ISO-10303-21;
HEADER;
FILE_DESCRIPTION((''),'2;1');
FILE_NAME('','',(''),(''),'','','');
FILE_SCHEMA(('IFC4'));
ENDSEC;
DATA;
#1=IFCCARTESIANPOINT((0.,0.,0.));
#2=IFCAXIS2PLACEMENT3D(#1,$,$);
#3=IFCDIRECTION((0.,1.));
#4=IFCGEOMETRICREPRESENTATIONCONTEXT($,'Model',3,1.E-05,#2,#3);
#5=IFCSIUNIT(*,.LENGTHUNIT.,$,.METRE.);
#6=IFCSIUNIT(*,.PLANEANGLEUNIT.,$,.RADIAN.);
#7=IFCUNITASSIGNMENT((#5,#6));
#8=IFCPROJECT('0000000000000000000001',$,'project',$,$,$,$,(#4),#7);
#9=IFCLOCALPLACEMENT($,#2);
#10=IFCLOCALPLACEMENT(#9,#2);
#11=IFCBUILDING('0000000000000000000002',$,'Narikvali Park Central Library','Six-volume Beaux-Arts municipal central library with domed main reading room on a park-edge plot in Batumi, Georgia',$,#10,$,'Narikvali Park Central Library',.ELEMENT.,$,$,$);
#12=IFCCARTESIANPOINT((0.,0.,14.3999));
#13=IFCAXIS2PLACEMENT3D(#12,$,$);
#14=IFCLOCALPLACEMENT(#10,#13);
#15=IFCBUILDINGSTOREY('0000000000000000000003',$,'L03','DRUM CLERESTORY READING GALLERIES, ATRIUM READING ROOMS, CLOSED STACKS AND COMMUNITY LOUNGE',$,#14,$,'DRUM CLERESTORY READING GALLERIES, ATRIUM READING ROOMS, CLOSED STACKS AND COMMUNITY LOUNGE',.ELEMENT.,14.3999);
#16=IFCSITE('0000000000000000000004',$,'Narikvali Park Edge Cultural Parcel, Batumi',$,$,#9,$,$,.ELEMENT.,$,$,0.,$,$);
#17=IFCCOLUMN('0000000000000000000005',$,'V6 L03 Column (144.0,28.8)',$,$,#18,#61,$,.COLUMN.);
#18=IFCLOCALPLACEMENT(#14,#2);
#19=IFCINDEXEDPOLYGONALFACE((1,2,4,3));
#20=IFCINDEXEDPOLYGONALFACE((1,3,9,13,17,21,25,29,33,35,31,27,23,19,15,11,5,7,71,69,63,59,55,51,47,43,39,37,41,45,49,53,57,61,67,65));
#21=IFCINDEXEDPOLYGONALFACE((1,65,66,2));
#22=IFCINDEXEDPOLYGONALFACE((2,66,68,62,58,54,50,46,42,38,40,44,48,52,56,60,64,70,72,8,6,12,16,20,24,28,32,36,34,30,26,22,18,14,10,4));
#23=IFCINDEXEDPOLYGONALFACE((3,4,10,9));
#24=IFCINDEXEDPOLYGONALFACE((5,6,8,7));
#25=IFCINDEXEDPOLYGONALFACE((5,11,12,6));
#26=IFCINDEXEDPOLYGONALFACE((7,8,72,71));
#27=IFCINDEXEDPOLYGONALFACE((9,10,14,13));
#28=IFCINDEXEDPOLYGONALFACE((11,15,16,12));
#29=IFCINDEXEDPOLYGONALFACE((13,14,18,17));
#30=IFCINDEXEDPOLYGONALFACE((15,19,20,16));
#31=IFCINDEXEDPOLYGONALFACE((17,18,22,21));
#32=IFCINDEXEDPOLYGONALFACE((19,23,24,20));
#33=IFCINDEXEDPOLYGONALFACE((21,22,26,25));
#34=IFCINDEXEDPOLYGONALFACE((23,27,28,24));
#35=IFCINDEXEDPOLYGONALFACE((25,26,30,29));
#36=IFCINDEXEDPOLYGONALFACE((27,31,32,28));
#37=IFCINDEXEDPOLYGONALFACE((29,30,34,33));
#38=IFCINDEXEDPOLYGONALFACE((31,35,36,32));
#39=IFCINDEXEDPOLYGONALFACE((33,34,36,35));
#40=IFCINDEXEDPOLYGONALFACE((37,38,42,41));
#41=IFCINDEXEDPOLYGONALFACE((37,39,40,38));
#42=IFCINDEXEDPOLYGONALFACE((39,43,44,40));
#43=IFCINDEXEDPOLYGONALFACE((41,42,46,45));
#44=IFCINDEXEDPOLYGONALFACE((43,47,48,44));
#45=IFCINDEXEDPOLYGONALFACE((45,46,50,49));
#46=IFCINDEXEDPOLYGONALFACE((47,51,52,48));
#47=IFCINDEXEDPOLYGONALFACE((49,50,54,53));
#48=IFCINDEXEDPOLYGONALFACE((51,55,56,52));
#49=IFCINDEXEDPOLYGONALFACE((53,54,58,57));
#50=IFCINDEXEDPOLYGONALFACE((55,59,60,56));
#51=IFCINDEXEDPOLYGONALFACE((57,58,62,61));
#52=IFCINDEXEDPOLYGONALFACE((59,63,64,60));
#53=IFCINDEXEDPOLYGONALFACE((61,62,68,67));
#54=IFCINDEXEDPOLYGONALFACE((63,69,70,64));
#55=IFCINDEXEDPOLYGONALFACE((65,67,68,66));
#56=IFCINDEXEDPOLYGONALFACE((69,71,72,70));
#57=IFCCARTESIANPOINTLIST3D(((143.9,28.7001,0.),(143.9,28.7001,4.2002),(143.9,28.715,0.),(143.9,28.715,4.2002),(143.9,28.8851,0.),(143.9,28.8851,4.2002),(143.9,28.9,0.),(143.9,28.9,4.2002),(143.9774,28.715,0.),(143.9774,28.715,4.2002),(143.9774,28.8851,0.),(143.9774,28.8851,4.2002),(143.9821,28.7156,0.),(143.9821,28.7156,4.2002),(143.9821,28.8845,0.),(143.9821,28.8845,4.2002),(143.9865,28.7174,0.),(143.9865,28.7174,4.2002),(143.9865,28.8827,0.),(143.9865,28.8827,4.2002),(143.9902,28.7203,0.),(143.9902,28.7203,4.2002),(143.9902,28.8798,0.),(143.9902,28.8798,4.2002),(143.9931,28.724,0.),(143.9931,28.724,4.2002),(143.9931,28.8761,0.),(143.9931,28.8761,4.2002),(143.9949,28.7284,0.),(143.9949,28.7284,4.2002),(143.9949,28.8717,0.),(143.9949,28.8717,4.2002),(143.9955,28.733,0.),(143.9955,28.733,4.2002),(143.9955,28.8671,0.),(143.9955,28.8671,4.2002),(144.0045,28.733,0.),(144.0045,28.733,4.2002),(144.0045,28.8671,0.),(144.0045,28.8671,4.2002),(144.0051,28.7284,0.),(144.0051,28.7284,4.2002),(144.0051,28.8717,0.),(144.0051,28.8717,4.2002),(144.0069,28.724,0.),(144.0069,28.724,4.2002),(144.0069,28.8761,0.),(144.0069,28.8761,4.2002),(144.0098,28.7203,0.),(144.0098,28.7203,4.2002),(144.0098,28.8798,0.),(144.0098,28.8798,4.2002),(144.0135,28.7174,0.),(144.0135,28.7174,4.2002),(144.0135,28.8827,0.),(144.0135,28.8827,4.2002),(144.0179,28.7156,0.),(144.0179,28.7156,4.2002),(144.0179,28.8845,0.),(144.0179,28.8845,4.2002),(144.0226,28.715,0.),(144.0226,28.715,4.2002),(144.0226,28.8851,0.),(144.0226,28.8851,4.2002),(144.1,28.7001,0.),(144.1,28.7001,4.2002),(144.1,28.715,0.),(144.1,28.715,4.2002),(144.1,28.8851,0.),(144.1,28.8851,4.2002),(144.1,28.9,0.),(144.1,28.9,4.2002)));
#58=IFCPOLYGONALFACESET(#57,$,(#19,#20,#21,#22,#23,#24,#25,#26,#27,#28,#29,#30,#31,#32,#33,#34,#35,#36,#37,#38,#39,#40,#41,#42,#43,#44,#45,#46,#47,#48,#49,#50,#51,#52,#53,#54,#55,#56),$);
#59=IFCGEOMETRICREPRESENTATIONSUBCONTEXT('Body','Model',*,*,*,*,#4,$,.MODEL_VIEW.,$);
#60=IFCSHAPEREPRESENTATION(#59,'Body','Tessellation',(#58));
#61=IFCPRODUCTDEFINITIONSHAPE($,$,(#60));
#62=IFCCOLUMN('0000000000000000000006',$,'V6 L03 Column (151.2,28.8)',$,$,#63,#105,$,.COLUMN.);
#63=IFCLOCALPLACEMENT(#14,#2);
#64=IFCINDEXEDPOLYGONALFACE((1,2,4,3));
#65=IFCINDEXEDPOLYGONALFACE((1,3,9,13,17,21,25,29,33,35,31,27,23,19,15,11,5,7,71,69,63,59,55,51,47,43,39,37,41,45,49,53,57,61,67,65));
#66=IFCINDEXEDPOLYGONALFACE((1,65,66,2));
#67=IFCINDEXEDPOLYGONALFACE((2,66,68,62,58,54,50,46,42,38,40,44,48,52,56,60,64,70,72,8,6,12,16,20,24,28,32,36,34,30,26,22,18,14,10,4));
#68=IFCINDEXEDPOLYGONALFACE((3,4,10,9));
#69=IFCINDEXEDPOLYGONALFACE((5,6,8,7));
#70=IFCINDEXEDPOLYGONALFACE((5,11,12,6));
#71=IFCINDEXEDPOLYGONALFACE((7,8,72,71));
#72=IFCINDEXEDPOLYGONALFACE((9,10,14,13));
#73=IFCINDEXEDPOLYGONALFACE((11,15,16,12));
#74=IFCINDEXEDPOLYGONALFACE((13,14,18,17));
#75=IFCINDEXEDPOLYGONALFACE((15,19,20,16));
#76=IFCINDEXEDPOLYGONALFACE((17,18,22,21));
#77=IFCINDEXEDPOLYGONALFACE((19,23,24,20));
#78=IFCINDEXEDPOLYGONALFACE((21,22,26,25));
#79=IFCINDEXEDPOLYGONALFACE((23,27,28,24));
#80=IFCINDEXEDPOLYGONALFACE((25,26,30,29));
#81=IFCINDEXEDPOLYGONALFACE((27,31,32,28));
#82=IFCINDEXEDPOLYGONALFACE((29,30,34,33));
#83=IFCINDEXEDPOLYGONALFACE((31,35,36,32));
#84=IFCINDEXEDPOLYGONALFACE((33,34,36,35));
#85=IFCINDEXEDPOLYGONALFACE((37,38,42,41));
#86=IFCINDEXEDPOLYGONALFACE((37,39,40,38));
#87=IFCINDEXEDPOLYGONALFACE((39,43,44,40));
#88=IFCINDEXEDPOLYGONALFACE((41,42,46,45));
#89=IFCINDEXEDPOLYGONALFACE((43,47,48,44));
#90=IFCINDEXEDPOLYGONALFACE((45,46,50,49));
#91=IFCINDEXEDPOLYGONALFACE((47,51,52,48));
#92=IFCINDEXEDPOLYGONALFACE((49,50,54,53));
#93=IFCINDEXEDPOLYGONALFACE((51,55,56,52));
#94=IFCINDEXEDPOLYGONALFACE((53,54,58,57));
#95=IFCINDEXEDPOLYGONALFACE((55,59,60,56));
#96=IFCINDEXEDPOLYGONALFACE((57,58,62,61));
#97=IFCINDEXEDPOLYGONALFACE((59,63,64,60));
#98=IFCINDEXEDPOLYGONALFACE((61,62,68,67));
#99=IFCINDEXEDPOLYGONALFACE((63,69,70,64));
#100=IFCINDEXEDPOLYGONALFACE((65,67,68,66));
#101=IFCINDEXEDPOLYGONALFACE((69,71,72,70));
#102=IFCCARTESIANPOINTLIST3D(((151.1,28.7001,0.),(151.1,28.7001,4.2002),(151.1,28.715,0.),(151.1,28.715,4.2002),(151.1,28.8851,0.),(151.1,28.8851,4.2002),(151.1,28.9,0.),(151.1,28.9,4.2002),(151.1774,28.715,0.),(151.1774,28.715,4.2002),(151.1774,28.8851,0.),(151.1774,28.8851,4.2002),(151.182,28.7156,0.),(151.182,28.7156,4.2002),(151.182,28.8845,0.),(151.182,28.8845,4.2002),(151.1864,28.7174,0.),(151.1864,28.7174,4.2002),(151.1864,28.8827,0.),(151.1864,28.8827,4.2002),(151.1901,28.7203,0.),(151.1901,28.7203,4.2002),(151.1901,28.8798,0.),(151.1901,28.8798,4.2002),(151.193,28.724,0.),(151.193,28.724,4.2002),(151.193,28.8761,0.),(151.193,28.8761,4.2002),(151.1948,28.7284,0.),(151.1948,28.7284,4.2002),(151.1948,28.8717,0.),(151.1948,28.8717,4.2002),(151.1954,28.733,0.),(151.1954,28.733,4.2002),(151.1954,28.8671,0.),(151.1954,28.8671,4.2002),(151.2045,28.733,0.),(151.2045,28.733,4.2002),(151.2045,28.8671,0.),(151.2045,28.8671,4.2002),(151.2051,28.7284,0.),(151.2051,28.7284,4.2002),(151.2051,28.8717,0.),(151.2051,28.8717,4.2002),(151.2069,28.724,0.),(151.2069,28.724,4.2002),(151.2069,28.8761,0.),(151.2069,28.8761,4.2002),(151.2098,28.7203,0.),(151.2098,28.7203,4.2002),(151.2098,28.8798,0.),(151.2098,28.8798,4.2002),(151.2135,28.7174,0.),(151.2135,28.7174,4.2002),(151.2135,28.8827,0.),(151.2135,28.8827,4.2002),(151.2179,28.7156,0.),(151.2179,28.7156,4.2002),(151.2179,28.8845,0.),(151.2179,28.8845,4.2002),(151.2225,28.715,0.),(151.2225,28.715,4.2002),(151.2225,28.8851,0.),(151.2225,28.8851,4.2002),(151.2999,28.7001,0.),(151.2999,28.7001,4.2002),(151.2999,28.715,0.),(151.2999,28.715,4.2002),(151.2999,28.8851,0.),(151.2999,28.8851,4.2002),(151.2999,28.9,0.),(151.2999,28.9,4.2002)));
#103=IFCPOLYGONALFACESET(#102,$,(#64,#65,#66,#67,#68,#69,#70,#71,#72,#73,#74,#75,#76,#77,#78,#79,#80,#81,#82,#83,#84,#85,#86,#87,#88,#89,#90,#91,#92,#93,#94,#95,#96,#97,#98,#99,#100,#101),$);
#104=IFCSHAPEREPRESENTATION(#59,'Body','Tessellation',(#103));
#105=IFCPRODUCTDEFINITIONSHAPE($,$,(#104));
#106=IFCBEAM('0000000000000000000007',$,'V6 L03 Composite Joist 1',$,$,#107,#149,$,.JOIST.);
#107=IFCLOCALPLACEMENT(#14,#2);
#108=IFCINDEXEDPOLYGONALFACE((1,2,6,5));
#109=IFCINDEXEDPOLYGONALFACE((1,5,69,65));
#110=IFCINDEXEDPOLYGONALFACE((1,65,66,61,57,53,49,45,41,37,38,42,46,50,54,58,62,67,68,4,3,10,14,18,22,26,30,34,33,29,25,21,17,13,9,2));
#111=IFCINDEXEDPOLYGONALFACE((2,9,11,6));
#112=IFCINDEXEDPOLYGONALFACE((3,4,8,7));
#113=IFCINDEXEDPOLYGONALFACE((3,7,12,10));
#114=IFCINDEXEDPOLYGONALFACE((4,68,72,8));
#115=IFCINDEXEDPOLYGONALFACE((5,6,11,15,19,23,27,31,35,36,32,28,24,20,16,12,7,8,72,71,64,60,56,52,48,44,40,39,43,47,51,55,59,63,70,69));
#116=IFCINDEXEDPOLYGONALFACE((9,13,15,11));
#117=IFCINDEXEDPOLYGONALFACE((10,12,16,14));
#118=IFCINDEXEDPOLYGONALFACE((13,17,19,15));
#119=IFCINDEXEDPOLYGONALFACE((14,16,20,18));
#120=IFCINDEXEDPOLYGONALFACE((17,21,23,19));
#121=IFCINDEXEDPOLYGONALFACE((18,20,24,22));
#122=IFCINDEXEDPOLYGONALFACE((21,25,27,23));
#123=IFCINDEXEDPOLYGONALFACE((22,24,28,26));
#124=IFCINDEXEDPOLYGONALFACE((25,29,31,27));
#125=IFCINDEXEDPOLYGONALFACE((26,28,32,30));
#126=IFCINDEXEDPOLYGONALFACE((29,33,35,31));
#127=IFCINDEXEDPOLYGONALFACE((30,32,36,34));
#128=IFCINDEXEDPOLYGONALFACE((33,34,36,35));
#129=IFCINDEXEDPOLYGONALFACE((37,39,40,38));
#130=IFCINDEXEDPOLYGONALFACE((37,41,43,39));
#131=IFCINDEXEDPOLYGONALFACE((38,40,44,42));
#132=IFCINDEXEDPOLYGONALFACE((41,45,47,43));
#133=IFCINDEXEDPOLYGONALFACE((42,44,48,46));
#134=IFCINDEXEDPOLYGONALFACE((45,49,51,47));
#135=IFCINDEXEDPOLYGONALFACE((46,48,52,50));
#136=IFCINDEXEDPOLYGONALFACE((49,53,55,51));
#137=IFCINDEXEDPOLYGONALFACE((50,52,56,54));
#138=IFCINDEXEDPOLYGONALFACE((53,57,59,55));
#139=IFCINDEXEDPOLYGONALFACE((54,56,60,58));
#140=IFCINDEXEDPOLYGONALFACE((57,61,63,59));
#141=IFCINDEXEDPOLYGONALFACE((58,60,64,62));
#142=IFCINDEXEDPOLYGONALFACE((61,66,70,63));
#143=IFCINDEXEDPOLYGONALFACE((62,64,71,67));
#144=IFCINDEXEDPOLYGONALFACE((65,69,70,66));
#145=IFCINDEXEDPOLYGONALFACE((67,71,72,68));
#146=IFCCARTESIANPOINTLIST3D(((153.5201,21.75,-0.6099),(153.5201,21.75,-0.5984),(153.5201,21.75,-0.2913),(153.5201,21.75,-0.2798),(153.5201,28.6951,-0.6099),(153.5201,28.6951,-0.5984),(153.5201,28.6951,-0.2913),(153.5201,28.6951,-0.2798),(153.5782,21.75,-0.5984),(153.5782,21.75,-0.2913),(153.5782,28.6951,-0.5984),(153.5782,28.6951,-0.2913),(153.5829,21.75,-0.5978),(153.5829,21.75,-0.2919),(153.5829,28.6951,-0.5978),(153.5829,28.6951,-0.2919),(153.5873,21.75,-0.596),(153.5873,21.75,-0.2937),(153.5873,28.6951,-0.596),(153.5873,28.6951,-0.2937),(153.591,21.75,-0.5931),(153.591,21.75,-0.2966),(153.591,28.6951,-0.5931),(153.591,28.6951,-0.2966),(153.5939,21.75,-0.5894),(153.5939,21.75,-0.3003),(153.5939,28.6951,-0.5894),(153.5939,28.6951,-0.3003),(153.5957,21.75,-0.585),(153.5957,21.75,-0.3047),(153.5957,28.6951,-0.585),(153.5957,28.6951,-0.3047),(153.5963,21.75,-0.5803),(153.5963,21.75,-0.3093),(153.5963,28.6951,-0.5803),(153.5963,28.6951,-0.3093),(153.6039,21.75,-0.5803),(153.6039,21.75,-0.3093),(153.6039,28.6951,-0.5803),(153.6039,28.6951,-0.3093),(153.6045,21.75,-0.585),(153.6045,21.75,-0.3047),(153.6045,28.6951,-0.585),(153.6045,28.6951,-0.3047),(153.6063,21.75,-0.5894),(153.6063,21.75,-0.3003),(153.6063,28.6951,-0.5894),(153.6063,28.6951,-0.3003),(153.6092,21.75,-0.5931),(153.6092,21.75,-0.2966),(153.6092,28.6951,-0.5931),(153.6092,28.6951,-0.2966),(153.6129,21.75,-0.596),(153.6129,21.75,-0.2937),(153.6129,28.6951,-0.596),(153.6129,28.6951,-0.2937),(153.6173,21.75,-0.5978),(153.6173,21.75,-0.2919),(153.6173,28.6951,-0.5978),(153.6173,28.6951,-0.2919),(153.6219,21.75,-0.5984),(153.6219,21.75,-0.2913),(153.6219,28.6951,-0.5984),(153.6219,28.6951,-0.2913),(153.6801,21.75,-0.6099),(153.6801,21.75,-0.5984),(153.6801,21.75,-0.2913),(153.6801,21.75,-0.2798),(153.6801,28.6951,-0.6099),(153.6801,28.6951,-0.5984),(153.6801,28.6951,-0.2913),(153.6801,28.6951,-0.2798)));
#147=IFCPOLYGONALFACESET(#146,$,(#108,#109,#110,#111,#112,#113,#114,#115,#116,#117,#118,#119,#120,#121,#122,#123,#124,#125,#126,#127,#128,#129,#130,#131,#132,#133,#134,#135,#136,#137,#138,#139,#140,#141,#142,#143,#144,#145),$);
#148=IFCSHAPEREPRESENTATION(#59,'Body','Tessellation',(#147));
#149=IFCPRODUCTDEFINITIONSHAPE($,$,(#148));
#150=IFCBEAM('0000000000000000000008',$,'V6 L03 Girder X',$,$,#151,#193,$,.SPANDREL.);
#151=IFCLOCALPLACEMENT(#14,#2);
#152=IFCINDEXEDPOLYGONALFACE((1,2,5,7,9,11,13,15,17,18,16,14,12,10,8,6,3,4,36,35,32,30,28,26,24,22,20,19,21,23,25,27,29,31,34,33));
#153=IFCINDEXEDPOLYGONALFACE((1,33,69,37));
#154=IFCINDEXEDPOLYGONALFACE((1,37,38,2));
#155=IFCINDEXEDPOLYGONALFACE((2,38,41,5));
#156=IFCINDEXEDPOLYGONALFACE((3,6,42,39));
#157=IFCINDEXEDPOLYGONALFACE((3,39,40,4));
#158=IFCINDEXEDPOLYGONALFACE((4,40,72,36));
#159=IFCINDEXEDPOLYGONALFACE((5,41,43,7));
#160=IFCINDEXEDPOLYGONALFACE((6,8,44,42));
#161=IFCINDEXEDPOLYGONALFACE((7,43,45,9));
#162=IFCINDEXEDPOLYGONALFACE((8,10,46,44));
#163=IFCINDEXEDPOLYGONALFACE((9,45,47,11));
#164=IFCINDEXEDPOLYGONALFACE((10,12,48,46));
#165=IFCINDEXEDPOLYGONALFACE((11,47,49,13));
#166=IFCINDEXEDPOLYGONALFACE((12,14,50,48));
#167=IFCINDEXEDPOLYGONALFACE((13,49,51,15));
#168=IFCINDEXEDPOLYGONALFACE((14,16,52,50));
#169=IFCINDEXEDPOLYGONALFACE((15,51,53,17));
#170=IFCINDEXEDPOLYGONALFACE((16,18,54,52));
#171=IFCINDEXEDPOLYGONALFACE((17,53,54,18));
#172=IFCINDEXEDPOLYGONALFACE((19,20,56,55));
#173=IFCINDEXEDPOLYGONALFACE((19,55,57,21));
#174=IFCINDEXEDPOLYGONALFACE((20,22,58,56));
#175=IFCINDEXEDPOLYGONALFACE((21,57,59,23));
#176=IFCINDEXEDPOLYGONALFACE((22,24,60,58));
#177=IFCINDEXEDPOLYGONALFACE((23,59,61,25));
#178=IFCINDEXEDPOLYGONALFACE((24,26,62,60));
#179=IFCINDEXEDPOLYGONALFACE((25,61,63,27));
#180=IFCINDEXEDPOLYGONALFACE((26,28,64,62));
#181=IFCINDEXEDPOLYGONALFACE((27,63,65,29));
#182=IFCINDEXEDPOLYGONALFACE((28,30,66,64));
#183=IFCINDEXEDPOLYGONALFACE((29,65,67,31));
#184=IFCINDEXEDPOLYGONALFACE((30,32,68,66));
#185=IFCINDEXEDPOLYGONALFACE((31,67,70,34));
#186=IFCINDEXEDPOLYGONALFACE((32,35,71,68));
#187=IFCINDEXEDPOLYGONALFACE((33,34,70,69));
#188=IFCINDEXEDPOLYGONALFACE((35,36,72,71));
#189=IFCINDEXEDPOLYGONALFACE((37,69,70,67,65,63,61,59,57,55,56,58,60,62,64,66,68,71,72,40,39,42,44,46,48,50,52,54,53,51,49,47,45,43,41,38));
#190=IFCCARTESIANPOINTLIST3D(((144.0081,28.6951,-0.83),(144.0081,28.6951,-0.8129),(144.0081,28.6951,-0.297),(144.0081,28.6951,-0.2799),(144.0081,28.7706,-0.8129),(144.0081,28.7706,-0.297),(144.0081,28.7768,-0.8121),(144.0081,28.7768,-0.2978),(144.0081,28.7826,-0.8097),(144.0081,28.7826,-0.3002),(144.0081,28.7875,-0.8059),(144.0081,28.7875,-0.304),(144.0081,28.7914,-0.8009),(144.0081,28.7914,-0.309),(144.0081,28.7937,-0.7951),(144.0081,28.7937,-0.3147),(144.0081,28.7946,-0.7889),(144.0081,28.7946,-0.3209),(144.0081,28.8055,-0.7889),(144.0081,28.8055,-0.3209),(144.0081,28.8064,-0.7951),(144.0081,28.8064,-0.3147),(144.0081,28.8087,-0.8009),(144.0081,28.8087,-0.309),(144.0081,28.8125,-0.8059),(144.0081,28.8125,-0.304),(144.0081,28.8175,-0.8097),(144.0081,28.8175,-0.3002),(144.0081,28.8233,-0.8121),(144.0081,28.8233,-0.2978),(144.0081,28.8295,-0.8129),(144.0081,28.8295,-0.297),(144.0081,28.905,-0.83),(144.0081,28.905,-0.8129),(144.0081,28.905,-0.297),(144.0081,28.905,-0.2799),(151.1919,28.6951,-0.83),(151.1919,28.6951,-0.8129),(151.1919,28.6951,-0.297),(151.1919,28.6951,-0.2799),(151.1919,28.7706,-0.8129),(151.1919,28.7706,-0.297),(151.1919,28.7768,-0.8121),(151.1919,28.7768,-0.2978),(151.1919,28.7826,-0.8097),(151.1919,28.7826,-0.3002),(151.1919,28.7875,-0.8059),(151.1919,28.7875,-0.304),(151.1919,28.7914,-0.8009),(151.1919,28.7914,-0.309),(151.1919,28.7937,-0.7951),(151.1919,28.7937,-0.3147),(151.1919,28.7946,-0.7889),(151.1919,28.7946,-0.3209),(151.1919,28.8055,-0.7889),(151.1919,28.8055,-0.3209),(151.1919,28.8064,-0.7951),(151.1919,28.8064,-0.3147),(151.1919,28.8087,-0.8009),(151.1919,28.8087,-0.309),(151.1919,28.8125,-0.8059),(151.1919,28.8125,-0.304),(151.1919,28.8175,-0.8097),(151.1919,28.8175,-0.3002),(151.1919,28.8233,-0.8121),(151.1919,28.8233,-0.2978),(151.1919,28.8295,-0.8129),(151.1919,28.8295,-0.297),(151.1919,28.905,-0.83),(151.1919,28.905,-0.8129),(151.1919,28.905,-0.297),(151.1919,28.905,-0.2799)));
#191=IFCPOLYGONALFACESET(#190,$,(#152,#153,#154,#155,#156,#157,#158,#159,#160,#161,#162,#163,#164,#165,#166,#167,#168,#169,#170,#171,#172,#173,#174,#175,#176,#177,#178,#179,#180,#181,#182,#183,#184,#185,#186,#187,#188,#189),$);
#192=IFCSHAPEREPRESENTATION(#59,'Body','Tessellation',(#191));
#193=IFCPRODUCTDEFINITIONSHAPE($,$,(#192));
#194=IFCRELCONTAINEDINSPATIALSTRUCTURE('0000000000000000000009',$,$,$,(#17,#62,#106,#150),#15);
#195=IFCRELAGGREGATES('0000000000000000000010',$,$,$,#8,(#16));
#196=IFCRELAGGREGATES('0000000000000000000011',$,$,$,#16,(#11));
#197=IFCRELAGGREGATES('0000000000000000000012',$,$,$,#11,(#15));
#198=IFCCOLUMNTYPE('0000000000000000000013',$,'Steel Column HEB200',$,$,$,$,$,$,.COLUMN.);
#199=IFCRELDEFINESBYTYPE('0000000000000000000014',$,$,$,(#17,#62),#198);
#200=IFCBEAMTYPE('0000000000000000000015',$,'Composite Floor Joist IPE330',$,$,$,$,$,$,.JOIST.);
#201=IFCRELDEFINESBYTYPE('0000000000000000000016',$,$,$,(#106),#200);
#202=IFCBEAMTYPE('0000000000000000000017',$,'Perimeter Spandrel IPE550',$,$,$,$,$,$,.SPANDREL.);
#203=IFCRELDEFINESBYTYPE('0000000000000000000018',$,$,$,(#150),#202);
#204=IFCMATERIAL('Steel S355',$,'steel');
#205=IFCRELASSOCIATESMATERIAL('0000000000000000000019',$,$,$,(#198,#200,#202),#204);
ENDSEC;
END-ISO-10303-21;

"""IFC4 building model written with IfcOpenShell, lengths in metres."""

from ifc_helpers import new_model, si_unit, direction, frame, origin, origin_2d, place, context, subcontext, project, spatial, i_section, extrude, material, material_profile, profile_set, type_object, element, save


model = new_model("IFC4")

# Units and contexts
model_context = context("Model", 3, precision=1e-05, world=origin(), true_north=direction((0.0, 1.0)))
body_context = subcontext(model_context, "Body", "Model", "MODEL_VIEW")
ifc_project = project(units=[si_unit("LENGTHUNIT", "METRE"), si_unit("PLANEANGLEUNIT", "RADIAN")], contexts=[model_context])

# Site, building, storey
site_placement = place(None, origin())
site = spatial("IfcSite", under=ifc_project, at=site_placement, Name="Narikvali Park Edge Cultural Parcel, Batumi", CompositionType="ELEMENT", RefElevation=0.0)
building_placement = place(site_placement, origin())
building = spatial("IfcBuilding", under=site, at=building_placement, Name="Narikvali Park Central Library", Description="Six-volume Beaux-Arts municipal central library with domed main reading room on a park-edge plot in Batumi, Georgia", LongName="Narikvali Park Central Library", CompositionType="ELEMENT")
storey_placement = place(building_placement, frame((0.0, 0.0, 14.3999)))
storey = spatial("IfcBuildingStorey", under=building, at=storey_placement, Name="L03", Description="DRUM CLERESTORY READING GALLERIES, ATRIUM READING ROOMS, CLOSED STACKS AND COMMUNITY LOUNGE", LongName="DRUM CLERESTORY READING GALLERIES, ATRIUM READING ROOMS, CLOSED STACKS AND COMMUNITY LOUNGE", CompositionType="ELEMENT", Elevation=14.3999)

# Columns
ifc_material_1 = material(Name="Steel S355", Category="steel")
ifc_material_profile_1 = material_profile(ifc_material_1, i_section(OverallWidth=0.2, OverallDepth=0.2, WebThickness=0.009, FlangeThickness=0.0149, FilletRadius=0.0181, at=origin_2d()), Name="HEB 200")
ifc_profile_set_1 = profile_set([ifc_material_profile_1], Name="Steel S355")
column_type = type_object("IfcColumnType", Name="Steel Column HEB200", PredefinedType="COLUMN", material=ifc_profile_set_1)
for number, where, z_axis, x_axis, name in (
    (1, (144.0, 28.8, 0.0), (0.0, 0.0, 1.0), (1.0, 0.0, 0.0), "V6 L03 Column (144.0,28.8)"),
    (2, (151.2, 28.8, 0.0), (0.0, 0.0, 1.0), (1.0, 0.0, 0.0), "V6 L03 Column (151.2,28.8)"),
):
    element("IfcColumn", number, at=place(storey_placement, frame(where, z_axis=z_axis, x_axis=x_axis)), inside=storey, type_object=column_type, Name=name, PredefinedType="COLUMN", context=body_context, shape_type="SweptSolid", body=[
        extrude(i_section(OverallWidth=0.2, OverallDepth=0.2, WebThickness=0.009, FlangeThickness=0.0149, FilletRadius=0.0181, at=origin_2d()), origin(), (0.0, 0.0, 1.0), 4.2002),
    ])

# Beams
ifc_material_profile_2 = material_profile(ifc_material_1, i_section(OverallWidth=0.1599, OverallDepth=0.3301, WebThickness=0.0076, FlangeThickness=0.0115, FilletRadius=0.0181, at=origin_2d()), Name="IPE 330")
ifc_profile_set_2 = profile_set([ifc_material_profile_2], Name="Steel S355")
beam_type_1 = type_object("IfcBeamType", Name="Composite Floor Joist IPE330", PredefinedType="JOIST", material=ifc_profile_set_2)
beam_1_placement = place(storey_placement, frame((153.6001, 21.75, -0.4448), z_axis=(0.0, 1.0, 0.0), x_axis=(-1.0, 0.0, 0.0)))
element("IfcBeam", 3, at=beam_1_placement, inside=storey, type_object=beam_type_1, Name="V6 L03 Composite Joist 1", PredefinedType="JOIST", context=body_context, shape_type="SweptSolid", body=[
    extrude(i_section(OverallWidth=0.1599, OverallDepth=0.3301, WebThickness=0.0076, FlangeThickness=0.0115, FilletRadius=0.0181, at=origin_2d()), origin(), (0.0, 0.0, 1.0), 6.9451),
])
ifc_material_profile_3 = material_profile(ifc_material_1, i_section(OverallWidth=0.21, OverallDepth=0.55, WebThickness=0.011, FlangeThickness=0.0171, FilletRadius=0.0239, at=origin_2d()), Name="IPE 550")
ifc_profile_set_3 = profile_set([ifc_material_profile_3], Name="Steel S355")
beam_type_2 = type_object("IfcBeamType", Name="Perimeter Spandrel IPE550", PredefinedType="SPANDREL", material=ifc_profile_set_3)
beam_2_placement = place(storey_placement, frame((144.0081, 28.8, -0.5549), z_axis=(1.0, 0.0, 0.0), x_axis=(0.0, 1.0, 0.0)))
element("IfcBeam", 4, at=beam_2_placement, inside=storey, type_object=beam_type_2, Name="V6 L03 Girder X", PredefinedType="SPANDREL", context=body_context, shape_type="SweptSolid", body=[
    extrude(i_section(OverallWidth=0.21, OverallDepth=0.55, WebThickness=0.011, FlangeThickness=0.0171, FilletRadius=0.0239, at=origin_2d()), origin(), (0.0, 0.0, 1.0), 7.1838),
])

save(model, "model.ifc")
